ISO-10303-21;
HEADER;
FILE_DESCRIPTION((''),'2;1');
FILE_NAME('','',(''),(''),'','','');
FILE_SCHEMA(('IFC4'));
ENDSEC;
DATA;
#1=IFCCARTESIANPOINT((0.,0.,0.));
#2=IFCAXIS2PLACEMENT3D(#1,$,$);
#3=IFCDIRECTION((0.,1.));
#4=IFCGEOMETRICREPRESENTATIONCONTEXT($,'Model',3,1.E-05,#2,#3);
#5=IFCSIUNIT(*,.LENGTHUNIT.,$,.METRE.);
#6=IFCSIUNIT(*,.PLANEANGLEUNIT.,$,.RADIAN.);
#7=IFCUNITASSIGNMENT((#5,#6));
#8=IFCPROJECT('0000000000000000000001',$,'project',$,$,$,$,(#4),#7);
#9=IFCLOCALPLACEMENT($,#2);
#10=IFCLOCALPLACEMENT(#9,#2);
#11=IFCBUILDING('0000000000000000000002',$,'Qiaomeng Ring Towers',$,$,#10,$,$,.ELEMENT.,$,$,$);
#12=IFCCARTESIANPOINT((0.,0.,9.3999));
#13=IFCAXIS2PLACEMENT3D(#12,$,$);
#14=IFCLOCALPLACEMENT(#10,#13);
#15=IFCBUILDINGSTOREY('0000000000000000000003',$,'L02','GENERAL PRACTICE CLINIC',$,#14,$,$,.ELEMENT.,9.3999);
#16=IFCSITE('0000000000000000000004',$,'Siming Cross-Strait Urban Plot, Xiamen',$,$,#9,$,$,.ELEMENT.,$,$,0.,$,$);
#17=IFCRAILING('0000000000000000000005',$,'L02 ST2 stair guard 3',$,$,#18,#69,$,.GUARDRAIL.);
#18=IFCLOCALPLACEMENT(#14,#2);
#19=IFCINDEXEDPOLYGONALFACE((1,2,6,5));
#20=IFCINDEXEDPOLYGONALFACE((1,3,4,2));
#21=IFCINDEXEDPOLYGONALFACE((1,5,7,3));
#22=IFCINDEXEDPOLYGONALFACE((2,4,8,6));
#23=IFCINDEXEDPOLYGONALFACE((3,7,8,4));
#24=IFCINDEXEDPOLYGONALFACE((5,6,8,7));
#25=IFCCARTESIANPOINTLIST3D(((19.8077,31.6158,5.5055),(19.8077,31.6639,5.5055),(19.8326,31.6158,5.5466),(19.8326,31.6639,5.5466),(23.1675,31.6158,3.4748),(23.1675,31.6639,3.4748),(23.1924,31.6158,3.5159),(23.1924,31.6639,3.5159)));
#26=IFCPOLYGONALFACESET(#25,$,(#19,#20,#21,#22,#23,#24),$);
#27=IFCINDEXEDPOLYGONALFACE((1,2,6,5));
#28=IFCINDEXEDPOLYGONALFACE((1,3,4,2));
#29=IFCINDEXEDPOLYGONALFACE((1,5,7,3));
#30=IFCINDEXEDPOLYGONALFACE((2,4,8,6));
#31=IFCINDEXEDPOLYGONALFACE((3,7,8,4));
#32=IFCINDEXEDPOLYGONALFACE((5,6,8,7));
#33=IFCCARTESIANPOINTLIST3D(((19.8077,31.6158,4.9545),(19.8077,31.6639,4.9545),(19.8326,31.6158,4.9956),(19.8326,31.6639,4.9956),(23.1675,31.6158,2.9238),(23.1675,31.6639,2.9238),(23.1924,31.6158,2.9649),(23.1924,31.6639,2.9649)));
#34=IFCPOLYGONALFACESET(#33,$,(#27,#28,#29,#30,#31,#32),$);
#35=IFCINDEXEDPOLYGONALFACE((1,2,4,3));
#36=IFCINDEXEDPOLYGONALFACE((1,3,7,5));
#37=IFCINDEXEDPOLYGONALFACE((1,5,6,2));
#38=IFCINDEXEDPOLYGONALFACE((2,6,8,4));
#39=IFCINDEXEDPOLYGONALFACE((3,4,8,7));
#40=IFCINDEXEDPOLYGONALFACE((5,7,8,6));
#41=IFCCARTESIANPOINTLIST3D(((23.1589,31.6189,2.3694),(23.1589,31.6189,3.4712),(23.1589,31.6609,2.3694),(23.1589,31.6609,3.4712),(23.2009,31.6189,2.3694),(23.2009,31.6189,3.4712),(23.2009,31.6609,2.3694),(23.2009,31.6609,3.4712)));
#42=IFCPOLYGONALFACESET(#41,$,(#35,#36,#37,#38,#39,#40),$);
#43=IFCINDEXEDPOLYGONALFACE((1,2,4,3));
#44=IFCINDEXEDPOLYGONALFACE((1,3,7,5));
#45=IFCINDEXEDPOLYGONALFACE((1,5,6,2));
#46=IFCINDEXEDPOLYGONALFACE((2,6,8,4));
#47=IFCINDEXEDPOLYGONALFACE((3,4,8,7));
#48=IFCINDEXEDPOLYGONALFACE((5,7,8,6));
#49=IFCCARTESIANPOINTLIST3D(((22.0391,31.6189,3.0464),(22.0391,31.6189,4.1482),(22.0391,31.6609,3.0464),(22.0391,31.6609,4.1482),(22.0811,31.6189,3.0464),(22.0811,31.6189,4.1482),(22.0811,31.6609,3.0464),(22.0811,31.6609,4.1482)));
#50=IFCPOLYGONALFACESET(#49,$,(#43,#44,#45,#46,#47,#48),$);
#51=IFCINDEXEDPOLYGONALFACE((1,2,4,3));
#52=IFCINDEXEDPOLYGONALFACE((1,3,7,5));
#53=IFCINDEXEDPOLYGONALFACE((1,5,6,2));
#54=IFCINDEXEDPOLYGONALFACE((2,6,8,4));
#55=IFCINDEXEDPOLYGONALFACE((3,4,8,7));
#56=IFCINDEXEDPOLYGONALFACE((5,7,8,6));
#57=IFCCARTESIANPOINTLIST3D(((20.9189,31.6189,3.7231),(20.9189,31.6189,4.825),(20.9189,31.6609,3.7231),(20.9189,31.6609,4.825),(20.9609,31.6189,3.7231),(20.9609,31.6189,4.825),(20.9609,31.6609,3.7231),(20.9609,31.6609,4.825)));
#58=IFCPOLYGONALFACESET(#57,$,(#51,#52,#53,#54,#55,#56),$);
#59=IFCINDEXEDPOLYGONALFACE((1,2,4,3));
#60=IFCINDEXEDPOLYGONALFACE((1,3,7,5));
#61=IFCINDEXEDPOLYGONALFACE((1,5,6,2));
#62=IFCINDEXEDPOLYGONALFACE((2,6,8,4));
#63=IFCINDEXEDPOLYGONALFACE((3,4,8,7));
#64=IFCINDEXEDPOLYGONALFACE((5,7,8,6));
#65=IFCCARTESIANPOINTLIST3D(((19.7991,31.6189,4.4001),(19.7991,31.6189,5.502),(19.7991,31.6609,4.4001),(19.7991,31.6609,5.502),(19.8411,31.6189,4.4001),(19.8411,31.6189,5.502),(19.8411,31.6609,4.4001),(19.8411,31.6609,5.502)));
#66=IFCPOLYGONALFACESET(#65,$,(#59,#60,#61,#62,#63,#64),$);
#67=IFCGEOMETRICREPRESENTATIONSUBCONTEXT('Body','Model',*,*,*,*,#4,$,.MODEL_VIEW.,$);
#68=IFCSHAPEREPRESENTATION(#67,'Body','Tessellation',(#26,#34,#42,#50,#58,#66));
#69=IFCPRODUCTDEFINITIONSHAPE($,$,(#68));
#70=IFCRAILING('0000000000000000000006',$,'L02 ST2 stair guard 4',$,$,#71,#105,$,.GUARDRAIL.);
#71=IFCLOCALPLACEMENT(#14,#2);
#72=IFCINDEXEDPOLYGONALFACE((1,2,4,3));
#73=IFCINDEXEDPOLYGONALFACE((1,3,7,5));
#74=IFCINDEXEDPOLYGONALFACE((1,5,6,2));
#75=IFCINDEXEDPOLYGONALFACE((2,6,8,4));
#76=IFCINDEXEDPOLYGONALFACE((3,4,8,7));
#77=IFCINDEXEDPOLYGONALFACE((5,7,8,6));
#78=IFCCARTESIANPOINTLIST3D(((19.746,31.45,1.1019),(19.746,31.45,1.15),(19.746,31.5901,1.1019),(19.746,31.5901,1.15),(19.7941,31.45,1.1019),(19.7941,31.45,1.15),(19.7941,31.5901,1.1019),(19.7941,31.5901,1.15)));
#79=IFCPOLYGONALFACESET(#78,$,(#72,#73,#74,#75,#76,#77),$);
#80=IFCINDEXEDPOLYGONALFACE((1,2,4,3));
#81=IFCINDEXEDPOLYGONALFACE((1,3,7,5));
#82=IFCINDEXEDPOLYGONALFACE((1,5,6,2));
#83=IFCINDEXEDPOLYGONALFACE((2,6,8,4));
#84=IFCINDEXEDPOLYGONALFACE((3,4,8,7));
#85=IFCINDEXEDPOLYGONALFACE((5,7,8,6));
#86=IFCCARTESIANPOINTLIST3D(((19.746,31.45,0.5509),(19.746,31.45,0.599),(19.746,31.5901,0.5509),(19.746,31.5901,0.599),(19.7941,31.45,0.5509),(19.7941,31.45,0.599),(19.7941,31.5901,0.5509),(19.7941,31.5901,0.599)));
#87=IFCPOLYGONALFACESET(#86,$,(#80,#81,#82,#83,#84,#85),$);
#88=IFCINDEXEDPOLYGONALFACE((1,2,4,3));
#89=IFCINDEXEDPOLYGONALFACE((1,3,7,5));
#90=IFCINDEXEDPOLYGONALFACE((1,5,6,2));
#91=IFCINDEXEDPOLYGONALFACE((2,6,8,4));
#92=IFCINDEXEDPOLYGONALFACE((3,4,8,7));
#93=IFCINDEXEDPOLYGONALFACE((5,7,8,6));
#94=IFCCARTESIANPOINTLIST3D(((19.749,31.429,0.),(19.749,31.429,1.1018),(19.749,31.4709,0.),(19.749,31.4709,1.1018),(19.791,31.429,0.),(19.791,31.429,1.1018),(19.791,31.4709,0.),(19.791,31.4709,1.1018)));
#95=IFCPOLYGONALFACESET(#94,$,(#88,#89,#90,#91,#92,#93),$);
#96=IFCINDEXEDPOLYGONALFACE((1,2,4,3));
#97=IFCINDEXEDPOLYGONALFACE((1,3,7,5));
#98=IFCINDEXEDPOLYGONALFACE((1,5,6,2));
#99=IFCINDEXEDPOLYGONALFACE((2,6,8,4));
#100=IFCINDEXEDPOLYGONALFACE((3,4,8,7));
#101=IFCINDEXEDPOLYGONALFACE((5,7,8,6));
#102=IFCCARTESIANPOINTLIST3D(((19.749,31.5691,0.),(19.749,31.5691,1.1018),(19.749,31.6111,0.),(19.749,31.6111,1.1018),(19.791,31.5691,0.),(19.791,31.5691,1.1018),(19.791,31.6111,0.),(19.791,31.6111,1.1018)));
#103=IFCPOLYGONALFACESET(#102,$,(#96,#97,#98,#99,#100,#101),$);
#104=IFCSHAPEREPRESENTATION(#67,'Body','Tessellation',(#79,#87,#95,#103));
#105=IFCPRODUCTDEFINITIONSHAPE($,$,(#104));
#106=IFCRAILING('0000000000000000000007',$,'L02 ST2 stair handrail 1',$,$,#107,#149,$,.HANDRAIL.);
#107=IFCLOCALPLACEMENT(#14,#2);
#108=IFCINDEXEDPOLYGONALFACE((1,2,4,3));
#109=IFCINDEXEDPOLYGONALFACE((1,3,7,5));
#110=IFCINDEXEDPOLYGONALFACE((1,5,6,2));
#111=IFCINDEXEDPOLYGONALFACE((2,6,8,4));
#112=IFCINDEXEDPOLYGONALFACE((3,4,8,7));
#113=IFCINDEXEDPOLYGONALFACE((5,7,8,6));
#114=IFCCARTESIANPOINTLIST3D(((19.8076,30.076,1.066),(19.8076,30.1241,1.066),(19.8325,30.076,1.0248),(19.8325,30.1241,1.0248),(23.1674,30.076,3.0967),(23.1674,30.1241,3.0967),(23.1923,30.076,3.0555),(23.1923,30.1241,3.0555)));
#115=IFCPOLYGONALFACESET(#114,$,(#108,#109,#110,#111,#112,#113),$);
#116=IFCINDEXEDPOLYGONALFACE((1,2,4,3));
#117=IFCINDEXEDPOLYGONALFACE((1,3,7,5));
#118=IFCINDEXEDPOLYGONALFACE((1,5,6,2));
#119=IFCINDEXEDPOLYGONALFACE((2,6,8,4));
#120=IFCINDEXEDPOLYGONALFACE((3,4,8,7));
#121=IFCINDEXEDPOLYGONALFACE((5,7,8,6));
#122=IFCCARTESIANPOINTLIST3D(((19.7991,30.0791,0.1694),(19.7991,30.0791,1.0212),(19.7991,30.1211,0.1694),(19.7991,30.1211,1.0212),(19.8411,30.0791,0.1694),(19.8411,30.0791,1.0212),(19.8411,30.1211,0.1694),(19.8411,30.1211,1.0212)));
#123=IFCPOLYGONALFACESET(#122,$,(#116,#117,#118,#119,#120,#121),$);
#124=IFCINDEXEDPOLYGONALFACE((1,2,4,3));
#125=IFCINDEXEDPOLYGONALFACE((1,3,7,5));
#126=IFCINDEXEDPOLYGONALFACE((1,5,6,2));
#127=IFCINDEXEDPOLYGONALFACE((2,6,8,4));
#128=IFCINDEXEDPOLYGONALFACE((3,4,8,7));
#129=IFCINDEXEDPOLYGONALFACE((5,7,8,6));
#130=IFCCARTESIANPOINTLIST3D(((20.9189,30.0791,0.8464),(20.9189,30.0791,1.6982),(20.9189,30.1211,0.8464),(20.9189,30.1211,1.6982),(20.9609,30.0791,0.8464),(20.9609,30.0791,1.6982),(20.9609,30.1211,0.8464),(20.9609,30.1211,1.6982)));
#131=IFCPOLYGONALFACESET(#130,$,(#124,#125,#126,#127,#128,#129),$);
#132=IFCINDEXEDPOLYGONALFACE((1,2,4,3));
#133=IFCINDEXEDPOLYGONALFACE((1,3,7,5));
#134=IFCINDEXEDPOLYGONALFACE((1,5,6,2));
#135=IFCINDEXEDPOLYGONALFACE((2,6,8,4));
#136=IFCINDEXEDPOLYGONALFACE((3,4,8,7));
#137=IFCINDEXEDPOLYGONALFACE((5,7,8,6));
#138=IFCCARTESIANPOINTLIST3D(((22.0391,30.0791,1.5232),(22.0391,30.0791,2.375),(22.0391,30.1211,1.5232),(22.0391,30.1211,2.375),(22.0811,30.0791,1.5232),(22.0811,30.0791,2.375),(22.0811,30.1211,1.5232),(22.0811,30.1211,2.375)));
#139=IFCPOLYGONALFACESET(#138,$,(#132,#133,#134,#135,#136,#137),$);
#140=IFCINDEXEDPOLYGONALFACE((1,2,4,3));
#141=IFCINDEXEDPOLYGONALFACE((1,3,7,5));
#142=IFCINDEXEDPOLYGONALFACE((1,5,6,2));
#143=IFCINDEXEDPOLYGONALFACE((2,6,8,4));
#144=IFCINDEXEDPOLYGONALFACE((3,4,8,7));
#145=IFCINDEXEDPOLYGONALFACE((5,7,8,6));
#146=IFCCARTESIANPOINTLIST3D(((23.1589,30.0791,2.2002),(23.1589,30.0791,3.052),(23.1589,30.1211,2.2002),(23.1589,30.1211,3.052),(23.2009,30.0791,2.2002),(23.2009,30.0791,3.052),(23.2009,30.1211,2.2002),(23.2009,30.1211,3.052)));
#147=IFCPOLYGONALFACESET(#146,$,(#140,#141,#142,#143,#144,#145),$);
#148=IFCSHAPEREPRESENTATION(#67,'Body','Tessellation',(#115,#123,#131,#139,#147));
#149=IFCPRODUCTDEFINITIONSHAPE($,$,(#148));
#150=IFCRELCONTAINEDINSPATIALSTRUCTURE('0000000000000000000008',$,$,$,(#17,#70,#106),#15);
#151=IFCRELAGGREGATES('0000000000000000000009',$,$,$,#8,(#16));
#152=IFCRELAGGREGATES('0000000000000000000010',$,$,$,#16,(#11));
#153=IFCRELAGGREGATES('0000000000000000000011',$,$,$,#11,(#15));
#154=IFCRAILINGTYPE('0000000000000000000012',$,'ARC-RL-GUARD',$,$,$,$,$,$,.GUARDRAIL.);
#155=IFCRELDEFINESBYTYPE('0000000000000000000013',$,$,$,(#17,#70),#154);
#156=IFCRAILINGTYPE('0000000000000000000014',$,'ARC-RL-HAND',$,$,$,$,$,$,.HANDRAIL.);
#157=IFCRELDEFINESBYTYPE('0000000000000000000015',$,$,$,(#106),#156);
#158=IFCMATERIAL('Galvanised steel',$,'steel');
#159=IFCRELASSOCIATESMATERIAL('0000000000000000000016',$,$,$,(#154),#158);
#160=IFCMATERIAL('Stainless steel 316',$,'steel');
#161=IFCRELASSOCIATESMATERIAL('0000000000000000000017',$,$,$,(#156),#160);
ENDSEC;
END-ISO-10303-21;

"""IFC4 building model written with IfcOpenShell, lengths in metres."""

from ifc_helpers import new_model, si_unit, direction, frame, origin, origin_2d, place, context, subcontext, project, spatial, rectangle, extrude, material, type_object, element, save


model = new_model("IFC4")

# Units and contexts
model_context = context("Model", 3, precision=1e-05, world=origin(), true_north=direction((0.0, 1.0)))
body_context = subcontext(model_context, "Body", "Model", "MODEL_VIEW")
ifc_project = project(units=[si_unit("LENGTHUNIT", "METRE"), si_unit("PLANEANGLEUNIT", "RADIAN")], contexts=[model_context])

# Site, building, storey
site_placement = place(None, origin())
site = spatial("IfcSite", under=ifc_project, at=site_placement, Name="Siming Cross-Strait Urban Plot, Xiamen", CompositionType="ELEMENT", RefElevation=0.0)
building_placement = place(site_placement, origin())
building = spatial("IfcBuilding", under=site, at=building_placement, Name="Qiaomeng Ring Towers", CompositionType="ELEMENT")
storey_placement = place(building_placement, frame((0.0, 0.0, 9.3999)))
storey = spatial("IfcBuildingStorey", under=building, at=storey_placement, Name="L02", Description="GENERAL PRACTICE CLINIC", CompositionType="ELEMENT", Elevation=9.3999)

# Shared definitions
ifc_material_1 = material(Name="Galvanised steel", Category="steel")

# Shared definitions
ifc_material_2 = material(Name="Stainless steel 316", Category="steel")

# Railings
railing_type_1 = type_object("IfcRailingType", Name="ARC-RL-GUARD", PredefinedType="GUARDRAIL", material=ifc_material_1)
railing_1_placement = place(storey_placement, frame((23.1799, 31.6399, 2.3694)))
element("IfcRailing", 1, at=railing_1_placement, inside=storey, type_object=railing_type_1, Name="L02 ST2 stair guard 3", PredefinedType="GUARDRAIL", context=body_context, shape_type="SweptSolid", body=[
    extrude(rectangle(XDim=0.0481, YDim=0.0481, at=origin_2d()), frame((0.0, 0.0, 1.126), z_axis=(-0.85582, 0.0, 0.517273), x_axis=(0.0, -1.0, 0.0)), (0.0, 0.0, 1.0), 3.9258),
    extrude(rectangle(XDim=0.0481, YDim=0.0481, at=origin_2d()), frame((0.0, 0.0, 0.575), z_axis=(-0.85582, 0.0, 0.517273), x_axis=(0.0, -1.0, 0.0)), (0.0, 0.0, 1.0), 3.9258),
    extrude(rectangle(XDim=0.042, YDim=0.042, at=origin_2d()), origin(), (0.0, 0.0, 1.0), 1.1018),
    extrude(rectangle(XDim=0.042, YDim=0.042, at=origin_2d()), frame((-1.1199, 0.0, 0.677)), (0.0, 0.0, 1.0), 1.1018),
    extrude(rectangle(XDim=0.042, YDim=0.042, at=origin_2d()), frame((-2.24, 0.0, 1.3538)), (0.0, 0.0, 1.0), 1.1018),
    extrude(rectangle(XDim=0.042, YDim=0.042, at=origin_2d()), frame((-3.3599, 0.0, 2.0308)), (0.0, 0.0, 1.0), 1.1018),
])
railing_2_placement = place(storey_placement, frame((19.77, 31.45, 0.0)))
element("IfcRailing", 2, at=railing_2_placement, inside=storey, type_object=railing_type_1, Name="L02 ST2 stair guard 4", PredefinedType="GUARDRAIL", context=body_context, shape_type="SweptSolid", body=[
    extrude(rectangle(XDim=0.0481, YDim=0.0481, at=origin_2d()), frame((0.0, 0.0, 1.126), z_axis=(0.0, 1.0, 0.0), x_axis=(-1.0, 0.0, 0.0)), (0.0, 0.0, 1.0), 0.1401),
    extrude(rectangle(XDim=0.0481, YDim=0.0481, at=origin_2d()), frame((0.0, 0.0, 0.575), z_axis=(0.0, 1.0, 0.0), x_axis=(-1.0, 0.0, 0.0)), (0.0, 0.0, 1.0), 0.1401),
    extrude(rectangle(XDim=0.042, YDim=0.042, at=origin_2d()), origin(), (0.0, 0.0, 1.0), 1.1018),
    extrude(rectangle(XDim=0.042, YDim=0.042, at=origin_2d()), frame((0.0, 0.1401, 0.0)), (0.0, 0.0, 1.0), 1.1018),
])
railing_type_2 = type_object("IfcRailingType", Name="ARC-RL-HAND", PredefinedType="HANDRAIL", material=ifc_material_2)
railing_3_placement = place(storey_placement, frame((19.8201, 30.1001, 0.1694)))
element("IfcRailing", 3, at=railing_3_placement, inside=storey, type_object=railing_type_2, Name="L02 ST2 stair handrail 1", PredefinedType="HANDRAIL", context=body_context, shape_type="SweptSolid", body=[
    extrude(rectangle(XDim=0.0481, YDim=0.0481, at=origin_2d()), frame((0.0, 0.0, 0.876), z_axis=(0.85582, 0.0, 0.517273), x_axis=(0.0, 1.0, 0.0)), (0.0, 0.0, 1.0), 3.9258),
    extrude(rectangle(XDim=0.042, YDim=0.042, at=origin_2d()), origin(), (0.0, 0.0, 1.0), 0.8518),
    extrude(rectangle(XDim=0.042, YDim=0.042, at=origin_2d()), frame((1.1199, 0.0, 0.677)), (0.0, 0.0, 1.0), 0.8518),
    extrude(rectangle(XDim=0.042, YDim=0.042, at=origin_2d()), frame((2.24, 0.0, 1.3538)), (0.0, 0.0, 1.0), 0.8518),
    extrude(rectangle(XDim=0.042, YDim=0.042, at=origin_2d()), frame((3.3599, 0.0, 2.0308)), (0.0, 0.0, 1.0), 0.8518),
])

save(model, "model.ifc")
